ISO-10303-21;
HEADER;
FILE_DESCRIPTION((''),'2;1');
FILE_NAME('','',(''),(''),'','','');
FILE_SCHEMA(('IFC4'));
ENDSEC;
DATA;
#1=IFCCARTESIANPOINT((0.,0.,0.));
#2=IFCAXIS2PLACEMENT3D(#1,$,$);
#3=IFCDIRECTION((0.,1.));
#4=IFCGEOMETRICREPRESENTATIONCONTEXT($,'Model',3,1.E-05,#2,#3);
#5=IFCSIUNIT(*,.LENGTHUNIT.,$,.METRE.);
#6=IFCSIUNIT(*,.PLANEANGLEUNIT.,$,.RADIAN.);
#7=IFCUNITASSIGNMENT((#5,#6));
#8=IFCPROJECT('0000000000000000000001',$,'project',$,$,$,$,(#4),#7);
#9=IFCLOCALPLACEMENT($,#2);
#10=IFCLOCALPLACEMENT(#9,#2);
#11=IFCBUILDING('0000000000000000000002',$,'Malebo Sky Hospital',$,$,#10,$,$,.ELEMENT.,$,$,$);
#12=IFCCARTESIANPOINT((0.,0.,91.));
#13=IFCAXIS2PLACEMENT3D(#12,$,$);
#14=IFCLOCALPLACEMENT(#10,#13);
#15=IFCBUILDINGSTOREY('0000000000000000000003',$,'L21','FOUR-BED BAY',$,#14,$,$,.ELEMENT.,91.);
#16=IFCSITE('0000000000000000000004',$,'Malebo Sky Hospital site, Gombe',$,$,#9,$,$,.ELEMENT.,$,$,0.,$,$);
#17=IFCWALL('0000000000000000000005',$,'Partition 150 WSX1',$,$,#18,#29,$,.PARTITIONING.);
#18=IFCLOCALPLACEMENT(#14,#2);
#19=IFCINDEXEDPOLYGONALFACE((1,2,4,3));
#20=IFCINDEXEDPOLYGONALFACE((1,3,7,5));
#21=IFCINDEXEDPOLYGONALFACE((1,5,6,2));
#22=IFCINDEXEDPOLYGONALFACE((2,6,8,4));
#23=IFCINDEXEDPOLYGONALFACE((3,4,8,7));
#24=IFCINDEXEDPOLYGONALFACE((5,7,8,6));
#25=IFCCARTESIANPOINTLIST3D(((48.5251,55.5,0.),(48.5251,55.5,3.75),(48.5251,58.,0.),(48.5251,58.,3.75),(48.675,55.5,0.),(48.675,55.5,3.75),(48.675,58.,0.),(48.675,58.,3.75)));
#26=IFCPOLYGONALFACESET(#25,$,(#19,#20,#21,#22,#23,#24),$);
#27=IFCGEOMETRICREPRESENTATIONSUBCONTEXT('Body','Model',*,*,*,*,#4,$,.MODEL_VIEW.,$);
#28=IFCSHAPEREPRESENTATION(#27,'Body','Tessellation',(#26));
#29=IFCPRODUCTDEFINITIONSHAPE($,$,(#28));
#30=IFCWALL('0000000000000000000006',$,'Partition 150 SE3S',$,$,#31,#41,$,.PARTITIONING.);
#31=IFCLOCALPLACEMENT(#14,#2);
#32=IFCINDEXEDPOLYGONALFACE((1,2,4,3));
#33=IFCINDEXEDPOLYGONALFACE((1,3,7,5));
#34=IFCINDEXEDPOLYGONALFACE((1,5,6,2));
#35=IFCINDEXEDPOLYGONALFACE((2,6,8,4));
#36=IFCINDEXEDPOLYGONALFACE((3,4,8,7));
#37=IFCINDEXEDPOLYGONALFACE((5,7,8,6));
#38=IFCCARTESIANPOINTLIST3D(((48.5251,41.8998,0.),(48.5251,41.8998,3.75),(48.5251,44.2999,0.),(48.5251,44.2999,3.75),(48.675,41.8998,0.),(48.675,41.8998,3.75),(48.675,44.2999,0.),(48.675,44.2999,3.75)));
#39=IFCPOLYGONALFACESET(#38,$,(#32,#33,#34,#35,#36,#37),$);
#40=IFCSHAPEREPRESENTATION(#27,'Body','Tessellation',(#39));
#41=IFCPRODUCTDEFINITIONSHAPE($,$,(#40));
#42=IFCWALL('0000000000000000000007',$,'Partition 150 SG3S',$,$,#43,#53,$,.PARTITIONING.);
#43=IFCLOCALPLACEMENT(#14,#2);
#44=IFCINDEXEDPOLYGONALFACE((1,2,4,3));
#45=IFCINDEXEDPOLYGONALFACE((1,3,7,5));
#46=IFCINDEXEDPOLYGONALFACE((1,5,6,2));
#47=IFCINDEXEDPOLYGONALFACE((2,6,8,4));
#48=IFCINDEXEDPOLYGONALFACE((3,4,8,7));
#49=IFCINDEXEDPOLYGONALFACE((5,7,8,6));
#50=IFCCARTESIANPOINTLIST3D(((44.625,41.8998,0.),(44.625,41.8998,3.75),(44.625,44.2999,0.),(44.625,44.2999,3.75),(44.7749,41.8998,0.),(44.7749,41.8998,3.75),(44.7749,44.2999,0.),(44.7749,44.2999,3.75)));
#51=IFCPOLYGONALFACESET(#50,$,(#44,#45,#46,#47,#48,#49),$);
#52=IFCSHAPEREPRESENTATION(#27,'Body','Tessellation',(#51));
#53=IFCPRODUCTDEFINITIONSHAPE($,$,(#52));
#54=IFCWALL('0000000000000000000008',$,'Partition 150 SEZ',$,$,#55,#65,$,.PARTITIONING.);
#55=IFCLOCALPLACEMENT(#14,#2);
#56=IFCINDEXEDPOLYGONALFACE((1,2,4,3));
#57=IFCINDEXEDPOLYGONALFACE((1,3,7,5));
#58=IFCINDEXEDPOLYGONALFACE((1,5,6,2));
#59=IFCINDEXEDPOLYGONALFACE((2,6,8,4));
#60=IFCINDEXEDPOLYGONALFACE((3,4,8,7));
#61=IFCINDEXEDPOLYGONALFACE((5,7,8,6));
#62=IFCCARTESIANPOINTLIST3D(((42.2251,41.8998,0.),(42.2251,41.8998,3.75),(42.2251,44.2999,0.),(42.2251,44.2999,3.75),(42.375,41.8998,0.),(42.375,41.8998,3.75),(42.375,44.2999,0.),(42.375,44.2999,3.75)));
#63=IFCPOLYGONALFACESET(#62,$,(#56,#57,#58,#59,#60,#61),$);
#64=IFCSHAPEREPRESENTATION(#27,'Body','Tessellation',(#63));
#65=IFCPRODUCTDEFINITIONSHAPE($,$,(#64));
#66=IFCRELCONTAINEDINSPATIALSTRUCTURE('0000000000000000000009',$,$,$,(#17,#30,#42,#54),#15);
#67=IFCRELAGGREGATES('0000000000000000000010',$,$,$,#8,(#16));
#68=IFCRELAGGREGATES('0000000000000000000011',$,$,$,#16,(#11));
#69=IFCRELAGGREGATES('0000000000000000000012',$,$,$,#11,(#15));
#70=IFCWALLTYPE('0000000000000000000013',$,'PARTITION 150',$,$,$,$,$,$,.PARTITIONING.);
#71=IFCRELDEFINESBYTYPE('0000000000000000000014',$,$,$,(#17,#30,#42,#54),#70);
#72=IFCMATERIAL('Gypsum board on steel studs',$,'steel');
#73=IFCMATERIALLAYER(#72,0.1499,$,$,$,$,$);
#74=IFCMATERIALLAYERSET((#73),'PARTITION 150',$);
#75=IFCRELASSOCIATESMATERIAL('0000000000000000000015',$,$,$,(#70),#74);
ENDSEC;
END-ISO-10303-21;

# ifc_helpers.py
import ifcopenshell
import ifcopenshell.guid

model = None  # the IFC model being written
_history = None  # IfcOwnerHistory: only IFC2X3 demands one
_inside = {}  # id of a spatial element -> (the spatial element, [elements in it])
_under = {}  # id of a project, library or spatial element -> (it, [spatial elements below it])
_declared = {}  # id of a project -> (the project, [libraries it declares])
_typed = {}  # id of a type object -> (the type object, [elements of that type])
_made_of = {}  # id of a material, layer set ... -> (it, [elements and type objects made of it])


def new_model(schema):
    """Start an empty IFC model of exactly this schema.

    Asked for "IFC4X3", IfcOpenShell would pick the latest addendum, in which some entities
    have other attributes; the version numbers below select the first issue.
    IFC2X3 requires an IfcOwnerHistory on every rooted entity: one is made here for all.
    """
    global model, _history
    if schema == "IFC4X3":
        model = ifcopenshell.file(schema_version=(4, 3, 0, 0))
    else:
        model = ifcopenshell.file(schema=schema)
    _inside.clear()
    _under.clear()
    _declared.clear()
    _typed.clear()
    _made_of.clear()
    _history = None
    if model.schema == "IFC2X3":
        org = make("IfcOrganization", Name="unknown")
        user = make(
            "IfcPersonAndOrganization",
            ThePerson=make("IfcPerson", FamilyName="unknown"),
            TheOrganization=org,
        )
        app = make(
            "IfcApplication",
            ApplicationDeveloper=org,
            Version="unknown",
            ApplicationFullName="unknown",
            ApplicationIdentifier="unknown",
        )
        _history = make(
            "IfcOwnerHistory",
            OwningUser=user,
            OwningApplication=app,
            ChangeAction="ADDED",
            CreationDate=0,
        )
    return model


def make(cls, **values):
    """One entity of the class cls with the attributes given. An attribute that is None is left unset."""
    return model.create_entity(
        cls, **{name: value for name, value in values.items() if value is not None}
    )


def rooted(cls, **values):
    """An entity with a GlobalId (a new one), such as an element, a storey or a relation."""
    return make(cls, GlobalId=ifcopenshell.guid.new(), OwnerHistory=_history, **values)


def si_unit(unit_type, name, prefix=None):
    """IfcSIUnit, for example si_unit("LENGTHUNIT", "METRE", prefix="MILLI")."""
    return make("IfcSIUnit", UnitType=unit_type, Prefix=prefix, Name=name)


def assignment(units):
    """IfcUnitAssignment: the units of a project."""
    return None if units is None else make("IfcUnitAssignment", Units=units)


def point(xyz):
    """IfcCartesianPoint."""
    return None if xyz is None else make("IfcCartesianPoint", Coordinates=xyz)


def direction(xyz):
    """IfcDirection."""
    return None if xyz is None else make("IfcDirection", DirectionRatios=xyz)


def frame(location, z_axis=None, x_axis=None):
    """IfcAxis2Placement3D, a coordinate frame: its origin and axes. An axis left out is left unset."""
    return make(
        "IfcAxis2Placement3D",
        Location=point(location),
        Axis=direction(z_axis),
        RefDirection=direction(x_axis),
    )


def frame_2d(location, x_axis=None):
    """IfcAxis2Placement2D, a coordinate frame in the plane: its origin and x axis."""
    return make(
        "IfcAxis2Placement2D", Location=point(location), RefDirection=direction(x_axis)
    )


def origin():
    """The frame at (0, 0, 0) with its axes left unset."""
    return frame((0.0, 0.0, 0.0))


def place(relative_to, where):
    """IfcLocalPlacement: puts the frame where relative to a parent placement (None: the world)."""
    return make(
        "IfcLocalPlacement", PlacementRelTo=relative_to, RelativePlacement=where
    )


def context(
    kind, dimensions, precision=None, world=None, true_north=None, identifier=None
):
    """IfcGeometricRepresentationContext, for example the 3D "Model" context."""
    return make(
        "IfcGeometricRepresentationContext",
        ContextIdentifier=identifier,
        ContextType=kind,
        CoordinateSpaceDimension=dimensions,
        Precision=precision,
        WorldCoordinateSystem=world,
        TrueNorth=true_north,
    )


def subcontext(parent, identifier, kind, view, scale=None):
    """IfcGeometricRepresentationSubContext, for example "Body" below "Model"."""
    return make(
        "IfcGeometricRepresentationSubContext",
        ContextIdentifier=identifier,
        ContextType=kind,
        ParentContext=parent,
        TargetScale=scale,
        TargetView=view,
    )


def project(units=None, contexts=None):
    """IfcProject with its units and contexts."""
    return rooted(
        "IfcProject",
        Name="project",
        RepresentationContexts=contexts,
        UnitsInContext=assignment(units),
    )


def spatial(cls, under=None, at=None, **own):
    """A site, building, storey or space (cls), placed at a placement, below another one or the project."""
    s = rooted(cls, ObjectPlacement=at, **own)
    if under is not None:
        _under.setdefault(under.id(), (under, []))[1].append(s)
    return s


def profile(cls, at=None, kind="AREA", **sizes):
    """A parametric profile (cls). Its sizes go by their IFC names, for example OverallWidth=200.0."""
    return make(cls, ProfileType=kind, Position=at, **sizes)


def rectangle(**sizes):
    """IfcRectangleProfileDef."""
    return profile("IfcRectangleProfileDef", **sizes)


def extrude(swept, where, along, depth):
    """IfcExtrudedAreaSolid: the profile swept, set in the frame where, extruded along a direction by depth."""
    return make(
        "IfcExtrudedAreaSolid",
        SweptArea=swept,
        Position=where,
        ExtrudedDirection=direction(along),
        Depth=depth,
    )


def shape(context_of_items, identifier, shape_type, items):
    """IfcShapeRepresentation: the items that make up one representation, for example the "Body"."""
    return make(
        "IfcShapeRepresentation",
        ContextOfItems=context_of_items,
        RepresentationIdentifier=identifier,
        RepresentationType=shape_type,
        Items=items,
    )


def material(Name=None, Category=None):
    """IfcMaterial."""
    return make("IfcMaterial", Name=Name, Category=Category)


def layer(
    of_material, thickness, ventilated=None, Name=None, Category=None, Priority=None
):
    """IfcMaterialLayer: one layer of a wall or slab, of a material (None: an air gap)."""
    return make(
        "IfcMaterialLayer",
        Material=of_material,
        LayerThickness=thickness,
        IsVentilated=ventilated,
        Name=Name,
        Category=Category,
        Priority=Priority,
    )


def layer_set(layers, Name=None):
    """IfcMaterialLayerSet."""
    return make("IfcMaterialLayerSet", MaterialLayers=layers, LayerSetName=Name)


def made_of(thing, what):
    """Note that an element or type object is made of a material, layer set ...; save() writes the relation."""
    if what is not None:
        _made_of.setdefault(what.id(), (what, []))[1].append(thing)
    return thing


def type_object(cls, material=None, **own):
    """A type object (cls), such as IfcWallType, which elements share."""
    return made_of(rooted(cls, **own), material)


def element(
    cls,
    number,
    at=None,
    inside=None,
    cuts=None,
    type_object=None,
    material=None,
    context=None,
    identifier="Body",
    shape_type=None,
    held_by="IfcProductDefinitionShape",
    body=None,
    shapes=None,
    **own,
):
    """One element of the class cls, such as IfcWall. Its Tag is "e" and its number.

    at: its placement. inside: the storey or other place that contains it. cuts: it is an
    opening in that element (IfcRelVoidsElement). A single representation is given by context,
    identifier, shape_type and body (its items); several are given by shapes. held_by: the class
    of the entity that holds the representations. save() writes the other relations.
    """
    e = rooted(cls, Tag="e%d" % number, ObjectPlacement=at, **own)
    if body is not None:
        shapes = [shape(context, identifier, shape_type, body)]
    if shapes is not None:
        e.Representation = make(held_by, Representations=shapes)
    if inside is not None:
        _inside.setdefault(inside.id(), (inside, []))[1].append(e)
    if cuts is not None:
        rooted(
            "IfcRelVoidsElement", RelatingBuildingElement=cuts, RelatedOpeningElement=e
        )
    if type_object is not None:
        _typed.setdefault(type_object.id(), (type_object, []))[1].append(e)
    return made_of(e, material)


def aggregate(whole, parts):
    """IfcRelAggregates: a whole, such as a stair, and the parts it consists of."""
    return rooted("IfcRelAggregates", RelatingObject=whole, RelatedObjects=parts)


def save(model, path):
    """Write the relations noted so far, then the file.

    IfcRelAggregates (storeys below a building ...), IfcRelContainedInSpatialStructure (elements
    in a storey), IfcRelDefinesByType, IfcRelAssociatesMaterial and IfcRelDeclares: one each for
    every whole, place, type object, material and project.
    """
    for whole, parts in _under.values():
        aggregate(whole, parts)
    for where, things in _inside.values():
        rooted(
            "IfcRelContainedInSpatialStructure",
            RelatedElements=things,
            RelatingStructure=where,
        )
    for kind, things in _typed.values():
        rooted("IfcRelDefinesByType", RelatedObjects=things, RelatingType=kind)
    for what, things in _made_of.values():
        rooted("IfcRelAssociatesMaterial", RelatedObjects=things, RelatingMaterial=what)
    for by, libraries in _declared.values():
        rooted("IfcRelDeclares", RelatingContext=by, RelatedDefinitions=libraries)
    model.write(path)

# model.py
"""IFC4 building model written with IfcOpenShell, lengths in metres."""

from ifc_helpers import new_model, si_unit, direction, frame, frame_2d, origin, place, context, subcontext, project, spatial, rectangle, extrude, material, layer, layer_set, type_object, element, save


model = new_model("IFC4")

# Units and contexts
model_context = context("Model", 3, precision=1e-05, world=origin(), true_north=direction((0.0, 1.0)))
body_context = subcontext(model_context, "Body", "Model", "MODEL_VIEW")
ifc_project = project(units=[si_unit("LENGTHUNIT", "METRE"), si_unit("PLANEANGLEUNIT", "RADIAN")], contexts=[model_context])

# Site, building, storey
site_placement = place(None, origin())
site = spatial("IfcSite", under=ifc_project, at=site_placement, Name="Malebo Sky Hospital site, Gombe", CompositionType="ELEMENT", RefElevation=0.0)
building_placement = place(site_placement, origin())
building = spatial("IfcBuilding", under=site, at=building_placement, Name="Malebo Sky Hospital", CompositionType="ELEMENT")
storey_placement = place(building_placement, frame((0.0, 0.0, 91.0)))
storey = spatial("IfcBuildingStorey", under=building, at=storey_placement, Name="L21", Description="FOUR-BED BAY", CompositionType="ELEMENT", Elevation=91.0)

# Shared definitions
ifc_material_1 = material(Name="Gypsum board on steel studs", Category="steel")

# Shared definitions
ifc_layer_1 = layer(ifc_material_1, 0.1499)
ifc_layer_set_1 = layer_set([ifc_layer_1], Name="PARTITION 150")
wall_type_1 = type_object("IfcWallType", Name="PARTITION 150", PredefinedType="PARTITIONING", material=ifc_layer_set_1)

# Walls
wall_1_placement = place(storey_placement, frame((48.6001, 55.5, 0.0), z_axis=(0.0, 0.0, 1.0), x_axis=(0.0, 1.0, 0.0)))
element("IfcWall", 1, at=wall_1_placement, inside=storey, type_object=wall_type_1, Name="Partition 150 WSX1", PredefinedType="PARTITIONING", context=body_context, shape_type="SweptSolid", body=[
    extrude(rectangle(XDim=2.5, YDim=0.1499, at=frame_2d((1.25, 0.0))), origin(), (0.0, 0.0, 1.0), 3.75),
])
for number, where, z_axis, x_axis, name in (
    (2, (48.6001, 44.3, 0.0), (0.0, 0.0, 1.0), (0.0, -1.0, 0.0), "Partition 150 SE3S"),
    (3, (44.7, 44.3, 0.0), (0.0, 0.0, 1.0), (0.0, -1.0, 0.0), "Partition 150 SG3S"),
    (4, (42.3, 44.3, 0.0), (0.0, 0.0, 1.0), (0.0, -1.0, 0.0), "Partition 150 SEZ"),
):
    element("IfcWall", number, at=place(storey_placement, frame(where, z_axis=z_axis, x_axis=x_axis)), inside=storey, type_object=wall_type_1, Name=name, PredefinedType="PARTITIONING", context=body_context, shape_type="SweptSolid", body=[
        extrude(rectangle(XDim=2.4001, YDim=0.1499, at=frame_2d((1.2002, 0.0))), origin(), (0.0, 0.0, 1.0), 3.75),
    ])

save(model, "model.ifc")
